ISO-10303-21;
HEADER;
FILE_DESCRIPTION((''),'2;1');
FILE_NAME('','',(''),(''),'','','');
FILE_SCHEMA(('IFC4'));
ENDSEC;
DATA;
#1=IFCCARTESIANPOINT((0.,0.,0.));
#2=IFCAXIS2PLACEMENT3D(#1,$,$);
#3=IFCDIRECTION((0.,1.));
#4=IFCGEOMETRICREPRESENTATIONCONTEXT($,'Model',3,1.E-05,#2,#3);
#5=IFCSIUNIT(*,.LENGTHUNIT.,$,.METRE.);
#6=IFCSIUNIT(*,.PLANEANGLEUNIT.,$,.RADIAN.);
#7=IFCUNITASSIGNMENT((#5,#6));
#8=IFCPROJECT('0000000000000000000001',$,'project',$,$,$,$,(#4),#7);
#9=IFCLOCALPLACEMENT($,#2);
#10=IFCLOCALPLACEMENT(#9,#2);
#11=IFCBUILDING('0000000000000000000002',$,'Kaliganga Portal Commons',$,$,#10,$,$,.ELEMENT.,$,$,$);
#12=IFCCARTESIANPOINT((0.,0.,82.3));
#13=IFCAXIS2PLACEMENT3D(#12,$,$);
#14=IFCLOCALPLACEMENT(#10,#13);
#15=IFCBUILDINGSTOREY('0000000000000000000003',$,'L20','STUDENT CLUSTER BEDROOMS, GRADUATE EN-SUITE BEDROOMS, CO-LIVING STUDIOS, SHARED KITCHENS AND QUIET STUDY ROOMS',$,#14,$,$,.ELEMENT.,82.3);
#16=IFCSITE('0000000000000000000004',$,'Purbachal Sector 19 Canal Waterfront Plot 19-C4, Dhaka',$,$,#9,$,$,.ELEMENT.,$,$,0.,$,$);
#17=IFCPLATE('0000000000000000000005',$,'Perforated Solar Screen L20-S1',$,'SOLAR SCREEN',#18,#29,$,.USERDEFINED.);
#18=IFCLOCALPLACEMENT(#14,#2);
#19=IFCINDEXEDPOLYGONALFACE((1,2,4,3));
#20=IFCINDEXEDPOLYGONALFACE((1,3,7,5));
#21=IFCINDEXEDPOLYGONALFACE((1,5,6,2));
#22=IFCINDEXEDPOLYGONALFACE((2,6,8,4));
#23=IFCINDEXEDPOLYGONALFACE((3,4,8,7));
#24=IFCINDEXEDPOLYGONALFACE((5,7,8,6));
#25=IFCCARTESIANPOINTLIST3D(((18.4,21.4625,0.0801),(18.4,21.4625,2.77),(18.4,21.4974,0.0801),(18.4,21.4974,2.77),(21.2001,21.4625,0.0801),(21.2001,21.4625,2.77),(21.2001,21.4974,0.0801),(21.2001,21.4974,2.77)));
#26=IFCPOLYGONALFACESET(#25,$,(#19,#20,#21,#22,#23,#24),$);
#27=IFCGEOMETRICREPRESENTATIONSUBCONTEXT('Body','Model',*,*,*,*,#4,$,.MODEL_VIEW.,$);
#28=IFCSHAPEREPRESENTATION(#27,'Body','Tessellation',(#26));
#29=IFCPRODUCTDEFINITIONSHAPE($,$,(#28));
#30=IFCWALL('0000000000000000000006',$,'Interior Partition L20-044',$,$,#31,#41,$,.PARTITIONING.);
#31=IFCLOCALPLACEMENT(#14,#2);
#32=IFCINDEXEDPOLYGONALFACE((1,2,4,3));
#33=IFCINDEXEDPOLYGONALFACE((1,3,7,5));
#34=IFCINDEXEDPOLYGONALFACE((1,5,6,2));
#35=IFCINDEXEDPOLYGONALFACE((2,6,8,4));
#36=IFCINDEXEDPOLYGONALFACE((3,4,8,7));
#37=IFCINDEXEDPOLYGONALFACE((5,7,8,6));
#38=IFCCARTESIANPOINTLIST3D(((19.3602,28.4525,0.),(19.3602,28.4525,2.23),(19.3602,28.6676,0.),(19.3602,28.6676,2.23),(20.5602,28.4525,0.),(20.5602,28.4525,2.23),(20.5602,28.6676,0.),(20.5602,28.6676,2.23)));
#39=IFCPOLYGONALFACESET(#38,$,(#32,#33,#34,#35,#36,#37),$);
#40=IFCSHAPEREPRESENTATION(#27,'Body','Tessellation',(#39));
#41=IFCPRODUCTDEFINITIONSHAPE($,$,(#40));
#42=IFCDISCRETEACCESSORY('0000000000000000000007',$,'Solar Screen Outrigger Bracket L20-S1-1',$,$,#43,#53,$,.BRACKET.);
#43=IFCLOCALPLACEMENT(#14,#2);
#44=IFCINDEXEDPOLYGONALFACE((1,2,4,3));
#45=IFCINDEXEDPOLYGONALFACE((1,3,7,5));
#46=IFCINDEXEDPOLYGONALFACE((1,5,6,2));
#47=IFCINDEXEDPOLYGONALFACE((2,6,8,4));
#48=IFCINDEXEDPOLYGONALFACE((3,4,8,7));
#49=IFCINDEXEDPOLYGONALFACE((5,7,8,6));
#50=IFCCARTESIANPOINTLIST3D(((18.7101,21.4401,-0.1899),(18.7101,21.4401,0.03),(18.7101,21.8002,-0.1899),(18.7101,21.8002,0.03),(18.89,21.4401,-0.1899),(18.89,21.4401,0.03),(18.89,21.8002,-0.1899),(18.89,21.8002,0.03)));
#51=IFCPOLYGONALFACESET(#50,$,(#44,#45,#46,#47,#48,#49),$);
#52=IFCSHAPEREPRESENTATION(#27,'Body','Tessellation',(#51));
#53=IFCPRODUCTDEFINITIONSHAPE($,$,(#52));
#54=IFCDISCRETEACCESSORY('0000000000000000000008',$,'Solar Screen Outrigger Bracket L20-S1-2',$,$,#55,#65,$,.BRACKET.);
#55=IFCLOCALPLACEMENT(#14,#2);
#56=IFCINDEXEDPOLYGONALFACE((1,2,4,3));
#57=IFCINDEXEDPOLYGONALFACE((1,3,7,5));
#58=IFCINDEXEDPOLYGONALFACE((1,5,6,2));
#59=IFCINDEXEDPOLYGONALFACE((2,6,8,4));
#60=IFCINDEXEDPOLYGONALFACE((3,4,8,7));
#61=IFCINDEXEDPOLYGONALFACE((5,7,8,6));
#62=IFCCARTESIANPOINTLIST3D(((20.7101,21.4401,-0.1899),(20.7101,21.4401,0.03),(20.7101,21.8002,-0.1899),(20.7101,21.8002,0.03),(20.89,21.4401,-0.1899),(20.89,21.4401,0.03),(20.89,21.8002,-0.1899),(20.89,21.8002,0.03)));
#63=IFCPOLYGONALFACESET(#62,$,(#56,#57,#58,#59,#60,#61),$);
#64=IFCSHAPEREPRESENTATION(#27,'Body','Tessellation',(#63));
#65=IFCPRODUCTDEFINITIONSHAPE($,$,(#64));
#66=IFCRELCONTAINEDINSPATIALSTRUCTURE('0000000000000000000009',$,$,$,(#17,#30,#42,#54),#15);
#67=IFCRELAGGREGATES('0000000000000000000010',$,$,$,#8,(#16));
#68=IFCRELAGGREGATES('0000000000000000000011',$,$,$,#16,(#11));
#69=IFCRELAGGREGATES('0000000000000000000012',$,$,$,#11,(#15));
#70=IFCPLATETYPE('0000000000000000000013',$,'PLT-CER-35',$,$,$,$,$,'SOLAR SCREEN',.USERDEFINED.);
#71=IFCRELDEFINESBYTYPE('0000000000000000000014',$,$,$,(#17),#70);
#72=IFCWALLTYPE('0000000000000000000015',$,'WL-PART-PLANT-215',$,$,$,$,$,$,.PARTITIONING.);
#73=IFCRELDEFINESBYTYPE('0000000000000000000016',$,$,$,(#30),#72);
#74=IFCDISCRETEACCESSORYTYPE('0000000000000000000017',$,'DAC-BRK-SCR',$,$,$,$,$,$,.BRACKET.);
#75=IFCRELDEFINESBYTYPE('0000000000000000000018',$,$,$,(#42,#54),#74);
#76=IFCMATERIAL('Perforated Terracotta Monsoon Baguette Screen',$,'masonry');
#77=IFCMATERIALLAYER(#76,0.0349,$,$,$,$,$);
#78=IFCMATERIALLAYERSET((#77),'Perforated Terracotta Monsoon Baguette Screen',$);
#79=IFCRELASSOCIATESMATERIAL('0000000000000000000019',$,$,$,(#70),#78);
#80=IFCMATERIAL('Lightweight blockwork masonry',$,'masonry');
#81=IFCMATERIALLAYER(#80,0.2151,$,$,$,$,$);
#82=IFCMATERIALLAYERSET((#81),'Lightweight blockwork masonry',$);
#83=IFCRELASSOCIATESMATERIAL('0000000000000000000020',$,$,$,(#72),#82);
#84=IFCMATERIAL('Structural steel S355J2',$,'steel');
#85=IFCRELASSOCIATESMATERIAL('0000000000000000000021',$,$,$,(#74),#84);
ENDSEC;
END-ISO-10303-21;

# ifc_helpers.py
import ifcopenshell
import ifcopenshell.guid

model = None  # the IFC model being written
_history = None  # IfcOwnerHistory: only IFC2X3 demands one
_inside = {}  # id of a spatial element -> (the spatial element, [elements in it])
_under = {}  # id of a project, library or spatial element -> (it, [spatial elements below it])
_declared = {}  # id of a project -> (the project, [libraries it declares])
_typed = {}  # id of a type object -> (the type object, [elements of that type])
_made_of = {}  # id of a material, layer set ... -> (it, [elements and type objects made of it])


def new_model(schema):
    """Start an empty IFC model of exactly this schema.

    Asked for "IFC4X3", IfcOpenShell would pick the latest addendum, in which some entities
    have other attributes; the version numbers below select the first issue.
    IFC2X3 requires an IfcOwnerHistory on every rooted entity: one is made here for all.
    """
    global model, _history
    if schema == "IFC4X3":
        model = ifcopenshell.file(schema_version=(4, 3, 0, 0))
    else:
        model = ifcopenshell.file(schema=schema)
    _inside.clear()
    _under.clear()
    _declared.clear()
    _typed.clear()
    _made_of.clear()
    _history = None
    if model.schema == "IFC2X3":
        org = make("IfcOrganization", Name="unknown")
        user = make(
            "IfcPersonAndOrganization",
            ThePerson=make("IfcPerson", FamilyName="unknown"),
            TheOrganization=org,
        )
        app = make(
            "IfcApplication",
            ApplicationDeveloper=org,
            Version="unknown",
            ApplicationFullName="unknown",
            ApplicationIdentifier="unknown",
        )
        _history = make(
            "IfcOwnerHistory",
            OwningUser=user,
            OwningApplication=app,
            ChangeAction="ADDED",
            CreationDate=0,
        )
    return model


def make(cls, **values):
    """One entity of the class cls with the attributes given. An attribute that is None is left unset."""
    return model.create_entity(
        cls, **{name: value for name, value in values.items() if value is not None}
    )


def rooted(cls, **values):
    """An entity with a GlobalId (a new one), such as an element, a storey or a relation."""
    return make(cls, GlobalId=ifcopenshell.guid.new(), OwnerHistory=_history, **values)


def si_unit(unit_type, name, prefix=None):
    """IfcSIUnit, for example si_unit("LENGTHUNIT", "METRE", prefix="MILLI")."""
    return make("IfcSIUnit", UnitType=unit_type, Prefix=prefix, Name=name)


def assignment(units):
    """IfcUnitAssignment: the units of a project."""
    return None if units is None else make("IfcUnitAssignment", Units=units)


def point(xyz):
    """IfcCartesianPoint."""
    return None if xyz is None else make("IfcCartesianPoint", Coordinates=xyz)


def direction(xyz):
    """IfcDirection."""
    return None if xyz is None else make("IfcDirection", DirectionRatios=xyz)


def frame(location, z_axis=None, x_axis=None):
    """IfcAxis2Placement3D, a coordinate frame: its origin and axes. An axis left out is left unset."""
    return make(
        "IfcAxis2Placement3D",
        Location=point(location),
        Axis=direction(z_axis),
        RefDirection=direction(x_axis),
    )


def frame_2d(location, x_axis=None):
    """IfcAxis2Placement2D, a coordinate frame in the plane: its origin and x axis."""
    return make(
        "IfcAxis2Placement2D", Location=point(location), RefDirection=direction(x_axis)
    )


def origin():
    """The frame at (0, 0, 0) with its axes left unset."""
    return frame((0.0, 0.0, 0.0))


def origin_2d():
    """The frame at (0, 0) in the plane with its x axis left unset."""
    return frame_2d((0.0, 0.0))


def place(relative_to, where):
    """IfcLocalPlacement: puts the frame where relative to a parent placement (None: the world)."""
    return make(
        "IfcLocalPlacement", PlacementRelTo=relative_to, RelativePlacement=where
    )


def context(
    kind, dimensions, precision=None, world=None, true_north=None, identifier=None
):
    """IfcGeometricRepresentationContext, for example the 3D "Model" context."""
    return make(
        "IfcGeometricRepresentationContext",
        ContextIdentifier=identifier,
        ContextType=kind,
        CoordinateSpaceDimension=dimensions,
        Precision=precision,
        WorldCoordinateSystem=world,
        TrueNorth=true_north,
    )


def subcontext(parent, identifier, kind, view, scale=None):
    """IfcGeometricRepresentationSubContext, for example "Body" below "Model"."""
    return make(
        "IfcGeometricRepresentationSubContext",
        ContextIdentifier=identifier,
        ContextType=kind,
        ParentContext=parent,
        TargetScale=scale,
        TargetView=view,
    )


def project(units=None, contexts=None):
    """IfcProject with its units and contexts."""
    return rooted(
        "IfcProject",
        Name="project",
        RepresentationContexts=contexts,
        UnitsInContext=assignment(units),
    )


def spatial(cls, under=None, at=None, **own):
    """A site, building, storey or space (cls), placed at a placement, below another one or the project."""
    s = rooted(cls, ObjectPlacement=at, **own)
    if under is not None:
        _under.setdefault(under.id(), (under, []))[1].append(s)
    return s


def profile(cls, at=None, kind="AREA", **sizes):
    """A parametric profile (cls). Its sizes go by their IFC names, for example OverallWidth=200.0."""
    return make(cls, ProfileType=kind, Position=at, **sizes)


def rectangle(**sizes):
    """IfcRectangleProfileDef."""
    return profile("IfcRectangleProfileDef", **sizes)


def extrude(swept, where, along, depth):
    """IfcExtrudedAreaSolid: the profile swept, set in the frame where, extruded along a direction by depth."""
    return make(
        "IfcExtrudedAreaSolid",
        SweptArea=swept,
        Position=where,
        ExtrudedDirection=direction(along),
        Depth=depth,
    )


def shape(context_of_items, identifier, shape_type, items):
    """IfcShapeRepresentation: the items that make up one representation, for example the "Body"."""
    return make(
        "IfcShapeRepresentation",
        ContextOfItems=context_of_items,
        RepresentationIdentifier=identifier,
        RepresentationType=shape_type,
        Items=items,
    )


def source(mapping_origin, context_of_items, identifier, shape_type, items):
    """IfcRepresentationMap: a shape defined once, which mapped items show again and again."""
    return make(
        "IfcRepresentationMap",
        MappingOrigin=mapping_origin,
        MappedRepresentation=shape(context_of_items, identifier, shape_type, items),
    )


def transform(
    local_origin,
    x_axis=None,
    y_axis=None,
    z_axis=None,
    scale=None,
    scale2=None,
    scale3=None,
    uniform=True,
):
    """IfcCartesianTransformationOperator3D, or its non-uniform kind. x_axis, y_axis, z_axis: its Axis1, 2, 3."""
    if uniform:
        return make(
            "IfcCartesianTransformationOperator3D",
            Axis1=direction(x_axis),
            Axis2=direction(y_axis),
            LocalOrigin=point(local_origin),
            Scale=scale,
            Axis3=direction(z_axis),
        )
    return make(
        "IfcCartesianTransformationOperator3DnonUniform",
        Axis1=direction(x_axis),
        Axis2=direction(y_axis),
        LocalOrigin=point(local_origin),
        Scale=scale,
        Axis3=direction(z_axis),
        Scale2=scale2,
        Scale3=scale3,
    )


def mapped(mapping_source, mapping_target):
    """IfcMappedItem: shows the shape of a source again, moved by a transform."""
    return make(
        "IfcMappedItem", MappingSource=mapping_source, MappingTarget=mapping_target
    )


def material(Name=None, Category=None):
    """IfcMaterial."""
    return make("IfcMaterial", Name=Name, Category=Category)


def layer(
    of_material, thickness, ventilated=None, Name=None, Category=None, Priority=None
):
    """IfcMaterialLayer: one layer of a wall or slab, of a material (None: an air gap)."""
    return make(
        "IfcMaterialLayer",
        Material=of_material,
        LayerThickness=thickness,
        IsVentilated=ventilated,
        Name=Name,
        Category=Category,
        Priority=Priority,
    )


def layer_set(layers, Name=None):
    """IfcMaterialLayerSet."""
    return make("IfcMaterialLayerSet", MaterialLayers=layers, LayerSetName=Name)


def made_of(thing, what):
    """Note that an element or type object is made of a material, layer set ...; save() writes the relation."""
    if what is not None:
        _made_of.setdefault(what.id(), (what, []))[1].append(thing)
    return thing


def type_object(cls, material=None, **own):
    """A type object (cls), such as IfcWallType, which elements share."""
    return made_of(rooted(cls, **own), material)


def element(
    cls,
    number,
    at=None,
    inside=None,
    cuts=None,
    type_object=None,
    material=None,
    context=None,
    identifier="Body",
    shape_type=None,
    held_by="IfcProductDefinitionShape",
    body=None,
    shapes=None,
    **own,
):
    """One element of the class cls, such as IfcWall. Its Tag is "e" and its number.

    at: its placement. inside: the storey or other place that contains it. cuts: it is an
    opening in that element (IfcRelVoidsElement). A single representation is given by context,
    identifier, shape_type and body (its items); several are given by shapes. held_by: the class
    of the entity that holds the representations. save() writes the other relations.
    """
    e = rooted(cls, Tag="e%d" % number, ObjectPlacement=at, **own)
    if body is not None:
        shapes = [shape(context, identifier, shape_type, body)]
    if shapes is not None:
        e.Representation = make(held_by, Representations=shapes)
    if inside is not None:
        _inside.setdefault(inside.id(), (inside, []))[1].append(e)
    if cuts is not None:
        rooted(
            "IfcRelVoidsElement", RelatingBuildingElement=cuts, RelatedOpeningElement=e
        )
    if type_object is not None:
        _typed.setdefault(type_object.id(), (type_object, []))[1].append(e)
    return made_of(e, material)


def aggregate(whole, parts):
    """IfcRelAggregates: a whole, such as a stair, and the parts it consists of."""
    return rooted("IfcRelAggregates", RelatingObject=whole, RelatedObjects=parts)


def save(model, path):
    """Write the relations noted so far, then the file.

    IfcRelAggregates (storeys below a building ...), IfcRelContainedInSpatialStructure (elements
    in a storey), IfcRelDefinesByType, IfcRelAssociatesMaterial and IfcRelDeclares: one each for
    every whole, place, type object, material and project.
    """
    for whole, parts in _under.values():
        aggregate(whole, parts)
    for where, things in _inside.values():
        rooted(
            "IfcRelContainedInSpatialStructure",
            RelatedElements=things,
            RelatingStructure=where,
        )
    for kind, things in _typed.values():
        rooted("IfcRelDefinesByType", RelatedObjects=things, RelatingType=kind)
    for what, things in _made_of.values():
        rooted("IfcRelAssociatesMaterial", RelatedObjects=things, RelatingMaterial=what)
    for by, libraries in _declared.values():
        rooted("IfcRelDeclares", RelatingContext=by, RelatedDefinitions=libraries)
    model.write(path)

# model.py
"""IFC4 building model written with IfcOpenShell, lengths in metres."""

from ifc_helpers import new_model, si_unit, direction, frame, frame_2d, origin, origin_2d, place, context, subcontext, project, spatial, rectangle, extrude, source, transform, mapped, material, layer, layer_set, type_object, element, save


model = new_model("IFC4")

# Units and contexts
model_context = context("Model", 3, precision=1e-05, world=origin(), true_north=direction((0.0, 1.0)))
body_context = subcontext(model_context, "Body", "Model", "MODEL_VIEW")
ifc_project = project(units=[si_unit("LENGTHUNIT", "METRE"), si_unit("PLANEANGLEUNIT", "RADIAN")], contexts=[model_context])

# Site, building, storey
site_placement = place(None, origin())
site = spatial("IfcSite", under=ifc_project, at=site_placement, Name="Purbachal Sector 19 Canal Waterfront Plot 19-C4, Dhaka", CompositionType="ELEMENT", RefElevation=0.0)
building_placement = place(site_placement, origin())
building = spatial("IfcBuilding", under=site, at=building_placement, Name="Kaliganga Portal Commons", CompositionType="ELEMENT")
storey_placement = place(building_placement, frame((0.0, 0.0, 82.3)))
storey = spatial("IfcBuildingStorey", under=building, at=storey_placement, Name="L20", Description="STUDENT CLUSTER BEDROOMS, GRADUATE EN-SUITE BEDROOMS, CO-LIVING STUDIOS, SHARED KITCHENS AND QUIET STUDY ROOMS", CompositionType="ELEMENT", Elevation=82.3)

# Shared definitions
ifc_material_1 = material(Name="Structural steel S355J2", Category="steel")

# Plate
ifc_material_2 = material(Name="Perforated Terracotta Monsoon Baguette Screen", Category="masonry")
ifc_layer_1 = layer(ifc_material_2, 0.0349)
ifc_layer_set_1 = layer_set([ifc_layer_1], Name="Perforated Terracotta Monsoon Baguette Screen")
plate_type_1 = type_object("IfcPlateType", Name="PLT-CER-35", ElementType="SOLAR SCREEN", PredefinedType="USERDEFINED", material=ifc_layer_set_1)
shared_shape_1 = source(origin(), body_context, "Body", "SweptSolid", [
    extrude(rectangle(XDim=2.8, YDim=0.0349, at=origin_2d()), origin(), (0.0, 0.0, 1.0), 2.6899),
])
plate_1_placement = place(storey_placement, frame((19.8, 21.48, 0.0801), z_axis=(0.0, 0.0, 1.0), x_axis=(1.0, 0.0, 0.0)))
element("IfcPlate", 1, at=plate_1_placement, inside=storey, type_object=plate_type_1, Name="Perforated Solar Screen L20-S1", ObjectType="SOLAR SCREEN", PredefinedType="USERDEFINED", context=body_context, shape_type="MappedRepresentation", body=[
    mapped(shared_shape_1, transform((0.0, 0.0, 0.0), x_axis=(1.0, 0.0, 0.0), y_axis=(0.0, 1.0, 0.0), z_axis=(0.0, 0.0, 1.0), scale=1.0)),
])

# Shared definitions
ifc_material_3 = material(Name="Lightweight blockwork masonry", Category="masonry")
ifc_layer_2 = layer(ifc_material_3, 0.2151)
ifc_layer_set_2 = layer_set([ifc_layer_2], Name="Lightweight blockwork masonry")
wall_type = type_object("IfcWallType", Name="WL-PART-PLANT-215", PredefinedType="PARTITIONING", material=ifc_layer_set_2)

# Wall
wall_1_placement = place(storey_placement, frame((19.3601, 28.5601, 0.0), z_axis=(0.0, 0.0, 1.0), x_axis=(1.0, 0.0, 0.0)))
element("IfcWall", 2, at=wall_1_placement, inside=storey, type_object=wall_type, Name="Interior Partition L20-044", PredefinedType="PARTITIONING", context=body_context, shape_type="SweptSolid", body=[
    extrude(rectangle(XDim=1.2, YDim=0.2151, at=frame_2d((0.6001, 0.0))), origin(), (0.0, 0.0, 1.0), 2.23),
])

# Discrete accessories
discrete_accessory_type = type_object("IfcDiscreteAccessoryType", Name="DAC-BRK-SCR", PredefinedType="BRACKET", material=ifc_material_1)
shared_shape_2 = source(origin(), body_context, "Body", "SweptSolid", [
    extrude(rectangle(XDim=0.1799, YDim=0.3601, at=origin_2d()), origin(), (0.0, 0.0, 1.0), 0.22),
])
for number, where, z_axis, x_axis, name in (
    (3, (18.8, 21.6201, -0.1899), (0.0, 0.0, 1.0), (1.0, 0.0, 0.0), "Solar Screen Outrigger Bracket L20-S1-1"),
    (4, (20.8, 21.6201, -0.1899), (0.0, 0.0, 1.0), (1.0, 0.0, 0.0), "Solar Screen Outrigger Bracket L20-S1-2"),
):
    element("IfcDiscreteAccessory", number, at=place(storey_placement, frame(where, z_axis=z_axis, x_axis=x_axis)), inside=storey, type_object=discrete_accessory_type, Name=name, PredefinedType="BRACKET", context=body_context, shape_type="MappedRepresentation", body=[
        mapped(shared_shape_2, transform((0.0, 0.0, 0.0), x_axis=(1.0, 0.0, 0.0), y_axis=(0.0, 1.0, 0.0), z_axis=(0.0, 0.0, 1.0), scale=1.0)),
    ])

save(model, "model.ifc")
